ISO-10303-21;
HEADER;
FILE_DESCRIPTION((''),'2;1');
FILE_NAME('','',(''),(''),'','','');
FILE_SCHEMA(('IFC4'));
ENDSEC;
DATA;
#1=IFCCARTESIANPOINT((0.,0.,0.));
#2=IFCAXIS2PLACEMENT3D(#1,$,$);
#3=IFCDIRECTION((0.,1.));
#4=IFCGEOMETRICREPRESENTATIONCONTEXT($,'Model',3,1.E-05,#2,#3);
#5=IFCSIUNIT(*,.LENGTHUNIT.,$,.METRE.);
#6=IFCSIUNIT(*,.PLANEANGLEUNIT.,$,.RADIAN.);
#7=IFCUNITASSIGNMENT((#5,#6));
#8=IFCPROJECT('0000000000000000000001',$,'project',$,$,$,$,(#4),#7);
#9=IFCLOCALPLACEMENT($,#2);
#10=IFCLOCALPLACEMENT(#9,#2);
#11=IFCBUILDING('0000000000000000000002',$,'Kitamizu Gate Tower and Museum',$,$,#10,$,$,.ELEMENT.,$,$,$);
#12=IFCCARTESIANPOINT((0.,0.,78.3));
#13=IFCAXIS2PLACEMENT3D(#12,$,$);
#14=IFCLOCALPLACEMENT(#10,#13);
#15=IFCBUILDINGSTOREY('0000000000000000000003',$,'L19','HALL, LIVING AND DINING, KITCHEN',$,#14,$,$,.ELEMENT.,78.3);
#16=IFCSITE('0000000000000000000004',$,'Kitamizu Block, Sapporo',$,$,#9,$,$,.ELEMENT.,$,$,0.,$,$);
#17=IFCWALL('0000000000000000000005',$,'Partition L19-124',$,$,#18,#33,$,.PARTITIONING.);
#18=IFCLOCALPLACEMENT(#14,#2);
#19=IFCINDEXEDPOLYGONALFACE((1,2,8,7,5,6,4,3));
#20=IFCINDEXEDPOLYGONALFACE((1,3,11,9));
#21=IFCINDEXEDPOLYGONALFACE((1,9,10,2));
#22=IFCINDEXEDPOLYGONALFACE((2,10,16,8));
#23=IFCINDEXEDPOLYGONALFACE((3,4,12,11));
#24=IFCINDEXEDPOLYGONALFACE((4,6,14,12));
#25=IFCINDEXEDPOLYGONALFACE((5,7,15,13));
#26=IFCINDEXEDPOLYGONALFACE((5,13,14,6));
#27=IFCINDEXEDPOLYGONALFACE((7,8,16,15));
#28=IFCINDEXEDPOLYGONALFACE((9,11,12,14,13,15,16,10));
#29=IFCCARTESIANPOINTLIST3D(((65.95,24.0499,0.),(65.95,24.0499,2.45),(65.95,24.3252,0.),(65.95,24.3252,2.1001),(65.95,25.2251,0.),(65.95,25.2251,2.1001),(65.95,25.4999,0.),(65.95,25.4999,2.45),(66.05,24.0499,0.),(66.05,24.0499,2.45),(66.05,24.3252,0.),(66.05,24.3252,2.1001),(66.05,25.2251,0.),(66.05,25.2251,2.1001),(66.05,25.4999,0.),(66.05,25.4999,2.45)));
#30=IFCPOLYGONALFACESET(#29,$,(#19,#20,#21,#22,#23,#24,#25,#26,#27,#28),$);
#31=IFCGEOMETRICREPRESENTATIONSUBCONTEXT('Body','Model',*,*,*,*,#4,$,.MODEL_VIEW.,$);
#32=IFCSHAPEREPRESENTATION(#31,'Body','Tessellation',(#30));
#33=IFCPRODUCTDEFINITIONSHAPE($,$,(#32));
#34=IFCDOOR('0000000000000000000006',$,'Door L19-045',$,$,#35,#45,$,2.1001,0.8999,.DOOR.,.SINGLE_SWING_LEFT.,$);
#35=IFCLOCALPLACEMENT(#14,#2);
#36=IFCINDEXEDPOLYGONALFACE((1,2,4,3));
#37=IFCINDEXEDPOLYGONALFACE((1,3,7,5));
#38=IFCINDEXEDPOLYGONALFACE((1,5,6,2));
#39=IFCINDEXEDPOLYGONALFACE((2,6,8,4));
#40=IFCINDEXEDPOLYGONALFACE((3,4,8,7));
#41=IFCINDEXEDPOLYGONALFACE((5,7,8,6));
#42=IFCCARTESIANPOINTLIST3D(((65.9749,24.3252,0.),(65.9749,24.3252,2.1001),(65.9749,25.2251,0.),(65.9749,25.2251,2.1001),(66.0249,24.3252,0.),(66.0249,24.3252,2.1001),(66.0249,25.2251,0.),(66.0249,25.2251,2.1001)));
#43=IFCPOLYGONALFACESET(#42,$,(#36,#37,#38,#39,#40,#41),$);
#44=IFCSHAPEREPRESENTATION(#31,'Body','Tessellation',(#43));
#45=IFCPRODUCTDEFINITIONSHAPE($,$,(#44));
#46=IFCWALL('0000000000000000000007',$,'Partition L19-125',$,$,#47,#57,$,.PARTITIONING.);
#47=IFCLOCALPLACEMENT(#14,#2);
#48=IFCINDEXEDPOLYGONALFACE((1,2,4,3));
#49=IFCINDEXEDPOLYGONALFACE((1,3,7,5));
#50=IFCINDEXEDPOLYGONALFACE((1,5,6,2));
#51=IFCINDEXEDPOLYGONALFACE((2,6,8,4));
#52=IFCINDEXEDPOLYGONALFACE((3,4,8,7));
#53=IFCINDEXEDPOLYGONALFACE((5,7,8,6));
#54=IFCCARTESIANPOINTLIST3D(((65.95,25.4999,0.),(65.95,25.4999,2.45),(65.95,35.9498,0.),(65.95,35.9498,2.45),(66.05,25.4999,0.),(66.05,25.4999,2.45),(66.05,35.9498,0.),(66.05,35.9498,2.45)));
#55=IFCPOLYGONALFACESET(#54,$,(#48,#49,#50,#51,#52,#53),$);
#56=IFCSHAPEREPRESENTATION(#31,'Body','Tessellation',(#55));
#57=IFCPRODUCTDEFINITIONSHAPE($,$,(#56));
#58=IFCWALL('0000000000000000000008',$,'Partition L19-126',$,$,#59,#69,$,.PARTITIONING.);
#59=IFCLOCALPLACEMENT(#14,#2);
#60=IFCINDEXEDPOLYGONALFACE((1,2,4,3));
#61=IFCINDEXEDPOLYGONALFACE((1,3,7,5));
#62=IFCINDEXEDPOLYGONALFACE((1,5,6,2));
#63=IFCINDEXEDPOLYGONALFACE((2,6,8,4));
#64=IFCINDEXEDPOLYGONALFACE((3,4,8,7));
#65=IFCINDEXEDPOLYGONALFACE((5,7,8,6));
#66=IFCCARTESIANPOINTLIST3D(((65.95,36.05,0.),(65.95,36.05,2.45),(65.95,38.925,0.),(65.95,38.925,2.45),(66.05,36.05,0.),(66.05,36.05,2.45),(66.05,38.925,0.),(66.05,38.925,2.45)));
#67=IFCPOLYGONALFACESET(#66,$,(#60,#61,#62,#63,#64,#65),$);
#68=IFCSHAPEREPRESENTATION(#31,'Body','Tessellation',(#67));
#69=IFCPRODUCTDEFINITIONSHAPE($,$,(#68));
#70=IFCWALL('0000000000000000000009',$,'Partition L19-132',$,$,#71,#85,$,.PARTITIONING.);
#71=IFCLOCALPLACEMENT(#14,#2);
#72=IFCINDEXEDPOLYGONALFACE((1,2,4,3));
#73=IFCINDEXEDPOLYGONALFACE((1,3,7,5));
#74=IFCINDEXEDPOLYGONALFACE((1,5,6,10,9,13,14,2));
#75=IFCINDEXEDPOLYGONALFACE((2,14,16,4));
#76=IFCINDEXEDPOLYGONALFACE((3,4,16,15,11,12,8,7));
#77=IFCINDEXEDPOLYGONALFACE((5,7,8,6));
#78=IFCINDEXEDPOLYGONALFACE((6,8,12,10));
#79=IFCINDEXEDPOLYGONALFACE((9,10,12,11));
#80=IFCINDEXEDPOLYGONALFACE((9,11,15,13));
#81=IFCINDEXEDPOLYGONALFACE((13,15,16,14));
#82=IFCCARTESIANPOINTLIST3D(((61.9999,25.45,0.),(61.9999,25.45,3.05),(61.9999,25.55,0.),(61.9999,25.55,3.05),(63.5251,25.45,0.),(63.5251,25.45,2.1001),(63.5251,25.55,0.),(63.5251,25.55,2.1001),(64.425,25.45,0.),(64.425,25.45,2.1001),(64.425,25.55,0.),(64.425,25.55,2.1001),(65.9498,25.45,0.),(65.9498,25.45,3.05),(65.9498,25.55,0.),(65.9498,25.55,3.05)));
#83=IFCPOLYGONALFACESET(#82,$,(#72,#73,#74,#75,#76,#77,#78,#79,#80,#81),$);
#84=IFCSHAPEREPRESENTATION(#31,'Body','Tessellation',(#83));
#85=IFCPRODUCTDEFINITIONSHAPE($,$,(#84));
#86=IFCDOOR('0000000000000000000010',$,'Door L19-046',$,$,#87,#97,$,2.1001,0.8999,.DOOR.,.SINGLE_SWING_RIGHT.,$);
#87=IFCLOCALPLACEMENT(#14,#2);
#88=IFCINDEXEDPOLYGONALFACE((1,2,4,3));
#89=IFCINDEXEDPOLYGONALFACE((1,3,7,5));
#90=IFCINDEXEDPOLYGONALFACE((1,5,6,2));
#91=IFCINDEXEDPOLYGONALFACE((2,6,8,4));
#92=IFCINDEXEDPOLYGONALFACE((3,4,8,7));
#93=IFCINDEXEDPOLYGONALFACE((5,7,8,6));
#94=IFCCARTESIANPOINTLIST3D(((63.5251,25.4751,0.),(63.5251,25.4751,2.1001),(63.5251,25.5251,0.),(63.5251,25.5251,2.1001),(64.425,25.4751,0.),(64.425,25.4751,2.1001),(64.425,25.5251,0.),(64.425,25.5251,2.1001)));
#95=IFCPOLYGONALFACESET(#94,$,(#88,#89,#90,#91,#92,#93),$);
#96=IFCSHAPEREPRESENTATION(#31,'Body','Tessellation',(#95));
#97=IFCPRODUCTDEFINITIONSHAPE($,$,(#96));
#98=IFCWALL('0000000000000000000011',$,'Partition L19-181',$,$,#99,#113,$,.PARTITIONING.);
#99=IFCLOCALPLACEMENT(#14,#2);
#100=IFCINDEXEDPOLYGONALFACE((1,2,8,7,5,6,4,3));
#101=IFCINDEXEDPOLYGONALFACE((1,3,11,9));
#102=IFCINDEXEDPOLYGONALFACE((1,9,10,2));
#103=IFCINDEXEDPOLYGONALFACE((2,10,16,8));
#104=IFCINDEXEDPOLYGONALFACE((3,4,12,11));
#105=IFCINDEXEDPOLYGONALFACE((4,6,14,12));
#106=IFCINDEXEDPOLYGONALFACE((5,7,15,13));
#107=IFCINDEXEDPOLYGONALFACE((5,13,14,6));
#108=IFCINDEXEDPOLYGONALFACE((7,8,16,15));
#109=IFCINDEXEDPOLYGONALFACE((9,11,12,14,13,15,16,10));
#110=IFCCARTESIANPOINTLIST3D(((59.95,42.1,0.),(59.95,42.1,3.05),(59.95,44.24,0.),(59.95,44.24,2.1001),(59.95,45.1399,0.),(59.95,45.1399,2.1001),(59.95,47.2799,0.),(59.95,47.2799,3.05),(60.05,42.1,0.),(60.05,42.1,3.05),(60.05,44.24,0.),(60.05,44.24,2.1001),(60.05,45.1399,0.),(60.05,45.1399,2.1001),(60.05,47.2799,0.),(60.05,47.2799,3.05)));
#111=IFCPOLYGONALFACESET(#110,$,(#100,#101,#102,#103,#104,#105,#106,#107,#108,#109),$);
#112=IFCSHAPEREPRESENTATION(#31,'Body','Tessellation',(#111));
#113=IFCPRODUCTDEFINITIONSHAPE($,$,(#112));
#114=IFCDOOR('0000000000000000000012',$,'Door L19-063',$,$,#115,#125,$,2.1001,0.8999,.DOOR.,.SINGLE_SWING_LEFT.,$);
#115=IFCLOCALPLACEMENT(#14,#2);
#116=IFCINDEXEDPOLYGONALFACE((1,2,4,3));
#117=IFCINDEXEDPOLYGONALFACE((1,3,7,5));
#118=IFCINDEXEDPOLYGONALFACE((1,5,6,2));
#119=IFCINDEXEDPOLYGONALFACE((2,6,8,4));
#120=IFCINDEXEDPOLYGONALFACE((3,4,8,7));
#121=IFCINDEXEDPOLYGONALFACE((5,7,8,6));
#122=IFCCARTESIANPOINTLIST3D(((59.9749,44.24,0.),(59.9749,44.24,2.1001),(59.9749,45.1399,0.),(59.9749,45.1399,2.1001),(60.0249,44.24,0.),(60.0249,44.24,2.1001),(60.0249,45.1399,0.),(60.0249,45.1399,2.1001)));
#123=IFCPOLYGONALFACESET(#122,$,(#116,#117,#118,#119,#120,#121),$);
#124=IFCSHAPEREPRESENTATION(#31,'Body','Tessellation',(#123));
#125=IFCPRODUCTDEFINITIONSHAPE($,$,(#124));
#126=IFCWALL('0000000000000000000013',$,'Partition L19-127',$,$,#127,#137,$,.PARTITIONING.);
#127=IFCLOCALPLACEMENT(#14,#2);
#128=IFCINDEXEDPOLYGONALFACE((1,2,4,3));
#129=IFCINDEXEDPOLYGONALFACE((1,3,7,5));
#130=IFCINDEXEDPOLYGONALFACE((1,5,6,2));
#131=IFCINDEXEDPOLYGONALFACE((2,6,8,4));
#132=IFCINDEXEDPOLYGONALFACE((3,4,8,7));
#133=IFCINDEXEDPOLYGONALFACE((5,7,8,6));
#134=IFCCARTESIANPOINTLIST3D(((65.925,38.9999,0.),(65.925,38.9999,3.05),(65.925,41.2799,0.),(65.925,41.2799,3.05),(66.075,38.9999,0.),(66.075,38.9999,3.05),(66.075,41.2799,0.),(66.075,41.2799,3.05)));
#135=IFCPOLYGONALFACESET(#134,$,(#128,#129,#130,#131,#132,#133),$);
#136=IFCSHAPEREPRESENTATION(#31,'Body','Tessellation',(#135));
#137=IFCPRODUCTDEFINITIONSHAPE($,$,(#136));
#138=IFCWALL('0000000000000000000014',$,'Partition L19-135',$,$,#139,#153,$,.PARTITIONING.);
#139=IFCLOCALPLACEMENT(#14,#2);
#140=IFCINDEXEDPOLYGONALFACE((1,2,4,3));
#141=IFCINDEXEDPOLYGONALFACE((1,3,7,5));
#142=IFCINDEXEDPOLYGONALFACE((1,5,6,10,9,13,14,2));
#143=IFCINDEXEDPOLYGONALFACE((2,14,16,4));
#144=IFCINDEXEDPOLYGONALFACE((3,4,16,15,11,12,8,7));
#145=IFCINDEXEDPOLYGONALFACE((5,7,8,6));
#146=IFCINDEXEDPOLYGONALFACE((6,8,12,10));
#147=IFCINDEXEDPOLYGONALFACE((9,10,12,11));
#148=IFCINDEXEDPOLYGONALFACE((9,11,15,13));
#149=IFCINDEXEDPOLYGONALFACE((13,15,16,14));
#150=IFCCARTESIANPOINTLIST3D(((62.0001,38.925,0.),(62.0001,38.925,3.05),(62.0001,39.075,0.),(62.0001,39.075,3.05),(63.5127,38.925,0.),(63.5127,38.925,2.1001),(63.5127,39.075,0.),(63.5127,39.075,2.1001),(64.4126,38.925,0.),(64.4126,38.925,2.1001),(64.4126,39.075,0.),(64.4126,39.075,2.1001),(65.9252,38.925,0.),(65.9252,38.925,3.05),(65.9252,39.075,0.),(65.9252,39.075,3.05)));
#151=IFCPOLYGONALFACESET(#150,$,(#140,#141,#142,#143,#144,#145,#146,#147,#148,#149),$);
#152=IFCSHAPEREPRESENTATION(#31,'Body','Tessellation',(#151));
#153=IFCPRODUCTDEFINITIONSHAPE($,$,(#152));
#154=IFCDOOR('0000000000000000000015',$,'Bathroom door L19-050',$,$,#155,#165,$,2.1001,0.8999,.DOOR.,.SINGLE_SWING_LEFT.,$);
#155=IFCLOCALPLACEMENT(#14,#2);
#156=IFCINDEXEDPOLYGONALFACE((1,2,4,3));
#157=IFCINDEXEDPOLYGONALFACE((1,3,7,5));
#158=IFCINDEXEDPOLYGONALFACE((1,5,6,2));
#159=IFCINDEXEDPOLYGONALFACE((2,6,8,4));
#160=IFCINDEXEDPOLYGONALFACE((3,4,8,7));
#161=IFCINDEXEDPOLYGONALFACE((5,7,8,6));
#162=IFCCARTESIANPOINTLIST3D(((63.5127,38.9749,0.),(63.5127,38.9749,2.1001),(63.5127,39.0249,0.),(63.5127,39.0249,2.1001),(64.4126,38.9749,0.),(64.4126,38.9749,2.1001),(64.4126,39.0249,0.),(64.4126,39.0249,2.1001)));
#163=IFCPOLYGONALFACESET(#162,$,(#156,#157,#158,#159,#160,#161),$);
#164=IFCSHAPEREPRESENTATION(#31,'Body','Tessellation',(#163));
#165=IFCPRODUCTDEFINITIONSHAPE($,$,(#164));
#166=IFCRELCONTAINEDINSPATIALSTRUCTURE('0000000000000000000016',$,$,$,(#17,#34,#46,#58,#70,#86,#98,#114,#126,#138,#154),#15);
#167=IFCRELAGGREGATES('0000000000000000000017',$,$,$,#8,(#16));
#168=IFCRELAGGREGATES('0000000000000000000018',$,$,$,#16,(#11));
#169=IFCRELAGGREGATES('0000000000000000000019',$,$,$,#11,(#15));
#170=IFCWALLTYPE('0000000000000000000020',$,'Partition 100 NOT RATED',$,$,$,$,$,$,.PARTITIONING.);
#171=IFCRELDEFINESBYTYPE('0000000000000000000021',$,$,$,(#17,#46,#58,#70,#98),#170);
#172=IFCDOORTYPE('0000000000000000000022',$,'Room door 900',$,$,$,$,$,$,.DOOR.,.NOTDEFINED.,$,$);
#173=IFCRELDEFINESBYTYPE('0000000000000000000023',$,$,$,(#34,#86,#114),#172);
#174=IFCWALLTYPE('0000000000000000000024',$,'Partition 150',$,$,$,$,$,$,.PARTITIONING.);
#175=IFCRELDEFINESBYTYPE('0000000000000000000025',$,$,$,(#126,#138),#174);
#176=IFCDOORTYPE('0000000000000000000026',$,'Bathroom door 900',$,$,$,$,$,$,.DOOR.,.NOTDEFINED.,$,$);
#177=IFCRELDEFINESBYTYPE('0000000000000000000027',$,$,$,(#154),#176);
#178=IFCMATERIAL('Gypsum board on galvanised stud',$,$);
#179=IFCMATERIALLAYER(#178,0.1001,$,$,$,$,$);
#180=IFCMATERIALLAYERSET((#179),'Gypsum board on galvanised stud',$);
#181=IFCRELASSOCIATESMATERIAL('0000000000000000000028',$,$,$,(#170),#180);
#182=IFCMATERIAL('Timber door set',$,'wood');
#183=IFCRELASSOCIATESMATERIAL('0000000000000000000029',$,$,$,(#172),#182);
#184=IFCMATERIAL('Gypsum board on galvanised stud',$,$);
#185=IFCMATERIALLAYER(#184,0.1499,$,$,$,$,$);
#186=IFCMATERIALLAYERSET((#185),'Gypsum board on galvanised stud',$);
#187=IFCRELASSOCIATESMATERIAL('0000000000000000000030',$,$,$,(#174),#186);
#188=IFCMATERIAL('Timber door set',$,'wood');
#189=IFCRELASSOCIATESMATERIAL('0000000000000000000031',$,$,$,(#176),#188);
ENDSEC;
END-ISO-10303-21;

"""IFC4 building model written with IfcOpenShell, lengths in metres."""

from ifc_helpers import new_model, si_unit, direction, frame, frame_2d, origin, place, context, subcontext, project, spatial, rectangle, extrude, material, layer, layer_set, type_object, element, fill, save


model = new_model("IFC4")

# Units and contexts
model_context = context("Model", 3, precision=1e-05, world=origin(), true_north=direction((0.0, 1.0)))
body_context = subcontext(model_context, "Body", "Model", "MODEL_VIEW")
ifc_project = project(units=[si_unit("LENGTHUNIT", "METRE"), si_unit("PLANEANGLEUNIT", "RADIAN")], contexts=[model_context])

# Site, building, storey
site_placement = place(None, origin())
site = spatial("IfcSite", under=ifc_project, at=site_placement, Name="Kitamizu Block, Sapporo", CompositionType="ELEMENT", RefElevation=0.0)
building_placement = place(site_placement, origin())
building = spatial("IfcBuilding", under=site, at=building_placement, Name="Kitamizu Gate Tower and Museum", CompositionType="ELEMENT")
storey_placement = place(building_placement, frame((0.0, 0.0, 78.3)))
storey = spatial("IfcBuildingStorey", under=building, at=storey_placement, Name="L19", Description="HALL, LIVING AND DINING, KITCHEN", CompositionType="ELEMENT", Elevation=78.3)

# Wall, opening, door
ifc_material_1 = material(Name="Gypsum board on galvanised stud")
ifc_layer_1 = layer(ifc_material_1, 0.1001)
ifc_layer_set_1 = layer_set([ifc_layer_1], Name="Gypsum board on galvanised stud")
wall_type_1 = type_object("IfcWallType", Name="Partition 100 NOT RATED", PredefinedType="PARTITIONING", material=ifc_layer_set_1)
ifc_material_2 = material(Name="Timber door set", Category="wood")
door_type_1 = type_object("IfcDoorType", Name="Room door 900", OperationType="NOTDEFINED", PredefinedType="DOOR", material=ifc_material_2)
wall_1_placement = place(storey_placement, frame((66.0, 25.5, 0.0), z_axis=(0.0, 0.0, 1.0), x_axis=(0.0, -1.0, 0.0)))
wall_1 = element("IfcWall", 1, at=wall_1_placement, inside=storey, type_object=wall_type_1, Name="Partition L19-124", PredefinedType="PARTITIONING", context=body_context, shape_type="SweptSolid", body=[
    extrude(rectangle(XDim=1.45, YDim=0.1001, at=frame_2d((0.7251, 0.0))), origin(), (0.0, 0.0, 1.0), 2.45),
])
opening_1_placement = place(wall_1_placement, frame((0.2749, 0.0, 0.0)))
opening_1 = element("IfcOpeningElement", 2, at=opening_1_placement, cuts=wall_1, PredefinedType="OPENING", context=body_context, shape_type="SweptSolid", body=[
    extrude(rectangle(XDim=0.8999, YDim=2.1001, at=frame_2d((0.45, 1.05))), frame((0.0, 0.0601, 0.0), z_axis=(0.0, -1.0, 0.0), x_axis=(1.0, 0.0, 0.0)), (0.0, 0.0, 1.0), 0.1201),
])
door_1_placement = place(opening_1_placement, origin())
door_1 = element("IfcDoor", 3, at=door_1_placement, inside=storey, type_object=door_type_1, Name="Door L19-045", OperationType="SINGLE_SWING_LEFT", OverallHeight=2.1001, OverallWidth=0.8999, PredefinedType="DOOR", context=body_context, shape_type="SweptSolid", body=[
    extrude(rectangle(XDim=0.8999, YDim=2.1001, at=frame_2d((0.45, 1.05))), frame((0.0, 0.0249, 0.0), z_axis=(0.0, -1.0, 0.0), x_axis=(1.0, 0.0, 0.0)), (0.0, 0.0, 1.0), 0.05),
])
fill(opening_1, door_1)

# Walls
wall_2_placement = place(storey_placement, frame((66.0, 35.95, 0.0), z_axis=(0.0, 0.0, 1.0), x_axis=(0.0, -1.0, 0.0)))
element("IfcWall", 4, at=wall_2_placement, inside=storey, type_object=wall_type_1, Name="Partition L19-125", PredefinedType="PARTITIONING", context=body_context, shape_type="SweptSolid", body=[
    extrude(rectangle(XDim=10.45, YDim=0.1001, at=frame_2d((5.2251, 0.0))), origin(), (0.0, 0.0, 1.0), 2.45),
])
wall_3_placement = place(storey_placement, frame((66.0, 38.925, 0.0), z_axis=(0.0, 0.0, 1.0), x_axis=(0.0, -1.0, 0.0)))
element("IfcWall", 5, at=wall_3_placement, inside=storey, type_object=wall_type_1, Name="Partition L19-126", PredefinedType="PARTITIONING", context=body_context, shape_type="SweptSolid", body=[
    extrude(rectangle(XDim=2.875, YDim=0.1001, at=frame_2d((1.4375, 0.0))), origin(), (0.0, 0.0, 1.0), 2.45),
])

# Walls, openings, doors
wall_4_placement = place(storey_placement, frame((65.95, 25.5, 0.0), z_axis=(0.0, 0.0, 1.0), x_axis=(-1.0, 0.0, 0.0)))
wall_4 = element("IfcWall", 6, at=wall_4_placement, inside=storey, type_object=wall_type_1, Name="Partition L19-132", PredefinedType="PARTITIONING", context=body_context, shape_type="SweptSolid", body=[
    extrude(rectangle(XDim=3.95, YDim=0.1001, at=frame_2d((1.9751, 0.0))), origin(), (0.0, 0.0, 1.0), 3.05),
])
opening_2_placement = place(wall_4_placement, frame((1.5249, 0.0, 0.0)))
opening_2 = element("IfcOpeningElement", 7, at=opening_2_placement, cuts=wall_4, PredefinedType="OPENING", context=body_context, shape_type="SweptSolid", body=[
    extrude(rectangle(XDim=0.8999, YDim=2.1001, at=frame_2d((0.45, 1.05))), frame((0.0, 0.0601, 0.0), z_axis=(0.0, -1.0, 0.0), x_axis=(1.0, 0.0, 0.0)), (0.0, 0.0, 1.0), 0.1201),
])
door_2_placement = place(opening_2_placement, origin())
door_2 = element("IfcDoor", 8, at=door_2_placement, inside=storey, type_object=door_type_1, Name="Door L19-046", OperationType="SINGLE_SWING_RIGHT", OverallHeight=2.1001, OverallWidth=0.8999, PredefinedType="DOOR", context=body_context, shape_type="SweptSolid", body=[
    extrude(rectangle(XDim=0.8999, YDim=2.1001, at=frame_2d((0.45, 1.05))), frame((0.0, 0.0249, 0.0), z_axis=(0.0, -1.0, 0.0), x_axis=(1.0, 0.0, 0.0)), (0.0, 0.0, 1.0), 0.05),
])
fill(opening_2, door_2)
wall_5_placement = place(storey_placement, frame((60.0, 42.1001, 0.0), z_axis=(0.0, 0.0, 1.0), x_axis=(0.0, 1.0, 0.0)))
wall_5 = element("IfcWall", 9, at=wall_5_placement, inside=storey, type_object=wall_type_1, Name="Partition L19-181", PredefinedType="PARTITIONING", context=body_context, shape_type="SweptSolid", body=[
    extrude(rectangle(XDim=5.1799, YDim=0.1001, at=frame_2d((2.5898, 0.0))), origin(), (0.0, 0.0, 1.0), 3.05),
])
opening_3_placement = place(wall_5_placement, frame((2.1399, 0.0, 0.0)))
opening_3 = element("IfcOpeningElement", 10, at=opening_3_placement, cuts=wall_5, PredefinedType="OPENING", context=body_context, shape_type="SweptSolid", body=[
    extrude(rectangle(XDim=0.8999, YDim=2.1001, at=frame_2d((0.45, 1.05))), frame((0.0, 0.0601, 0.0), z_axis=(0.0, -1.0, 0.0), x_axis=(1.0, 0.0, 0.0)), (0.0, 0.0, 1.0), 0.1201),
])
door_3_placement = place(opening_3_placement, frame((0.8999, 0.0, 0.0), x_axis=(-1.0, 0.0, 0.0)))
door_3 = element("IfcDoor", 11, at=door_3_placement, inside=storey, type_object=door_type_1, Name="Door L19-063", OperationType="SINGLE_SWING_LEFT", OverallHeight=2.1001, OverallWidth=0.8999, PredefinedType="DOOR", context=body_context, shape_type="SweptSolid", body=[
    extrude(rectangle(XDim=0.8999, YDim=2.1001, at=frame_2d((0.45, 1.05))), frame((0.0, 0.0249, 0.0), z_axis=(0.0, -1.0, 0.0), x_axis=(1.0, 0.0, 0.0)), (0.0, 0.0, 1.0), 0.05),
])
fill(opening_3, door_3)

# Wall
ifc_material_3 = material(Name="Gypsum board on galvanised stud")
ifc_layer_2 = layer(ifc_material_3, 0.1499)
ifc_layer_set_2 = layer_set([ifc_layer_2], Name="Gypsum board on galvanised stud")
wall_type_2 = type_object("IfcWallType", Name="Partition 150", PredefinedType="PARTITIONING", material=ifc_layer_set_2)
wall_6_placement = place(storey_placement, frame((66.0, 41.28, 0.0), z_axis=(0.0, 0.0, 1.0), x_axis=(0.0, -1.0, 0.0)))
element("IfcWall", 12, at=wall_6_placement, inside=storey, type_object=wall_type_2, Name="Partition L19-127", PredefinedType="PARTITIONING", context=body_context, shape_type="SweptSolid", body=[
    extrude(rectangle(XDim=2.28, YDim=0.1499, at=frame_2d((1.1401, 0.0))), origin(), (0.0, 0.0, 1.0), 3.05),
])

# Wall, opening, door
wall_7_placement = place(storey_placement, frame((65.925, 39.0, 0.0), z_axis=(0.0, 0.0, 1.0), x_axis=(-1.0, 0.0, 0.0)))
wall_7 = element("IfcWall", 13, at=wall_7_placement, inside=storey, type_object=wall_type_2, Name="Partition L19-135", PredefinedType="PARTITIONING", context=body_context, shape_type="SweptSolid", body=[
    extrude(rectangle(XDim=3.925, YDim=0.1499, at=frame_2d((1.9624, 0.0))), origin(), (0.0, 0.0, 1.0), 3.05),
])
opening_4_placement = place(wall_7_placement, frame((1.5125, 0.0, 0.0)))
opening_4 = element("IfcOpeningElement", 14, at=opening_4_placement, cuts=wall_7, PredefinedType="OPENING", context=body_context, shape_type="SweptSolid", body=[
    extrude(rectangle(XDim=0.8999, YDim=2.1001, at=frame_2d((0.45, 1.05))), frame((0.0, 0.085, 0.0), z_axis=(0.0, -1.0, 0.0), x_axis=(1.0, 0.0, 0.0)), (0.0, 0.0, 1.0), 0.1699),
])
ifc_material_4 = material(Name="Timber door set", Category="wood")
door_type_2 = type_object("IfcDoorType", Name="Bathroom door 900", OperationType="NOTDEFINED", PredefinedType="DOOR", material=ifc_material_4)
door_4_placement = place(opening_4_placement, frame((0.8999, 0.0, 0.0), x_axis=(-1.0, 0.0, 0.0)))
door_4 = element("IfcDoor", 15, at=door_4_placement, inside=storey, type_object=door_type_2, Name="Bathroom door L19-050", OperationType="SINGLE_SWING_LEFT", OverallHeight=2.1001, OverallWidth=0.8999, PredefinedType="DOOR", context=body_context, shape_type="SweptSolid", body=[
    extrude(rectangle(XDim=0.8999, YDim=2.1001, at=frame_2d((0.45, 1.05))), frame((0.0, 0.0249, 0.0), z_axis=(0.0, -1.0, 0.0), x_axis=(1.0, 0.0, 0.0)), (0.0, 0.0, 1.0), 0.05),
])
fill(opening_4, door_4)

save(model, "model.ifc")
